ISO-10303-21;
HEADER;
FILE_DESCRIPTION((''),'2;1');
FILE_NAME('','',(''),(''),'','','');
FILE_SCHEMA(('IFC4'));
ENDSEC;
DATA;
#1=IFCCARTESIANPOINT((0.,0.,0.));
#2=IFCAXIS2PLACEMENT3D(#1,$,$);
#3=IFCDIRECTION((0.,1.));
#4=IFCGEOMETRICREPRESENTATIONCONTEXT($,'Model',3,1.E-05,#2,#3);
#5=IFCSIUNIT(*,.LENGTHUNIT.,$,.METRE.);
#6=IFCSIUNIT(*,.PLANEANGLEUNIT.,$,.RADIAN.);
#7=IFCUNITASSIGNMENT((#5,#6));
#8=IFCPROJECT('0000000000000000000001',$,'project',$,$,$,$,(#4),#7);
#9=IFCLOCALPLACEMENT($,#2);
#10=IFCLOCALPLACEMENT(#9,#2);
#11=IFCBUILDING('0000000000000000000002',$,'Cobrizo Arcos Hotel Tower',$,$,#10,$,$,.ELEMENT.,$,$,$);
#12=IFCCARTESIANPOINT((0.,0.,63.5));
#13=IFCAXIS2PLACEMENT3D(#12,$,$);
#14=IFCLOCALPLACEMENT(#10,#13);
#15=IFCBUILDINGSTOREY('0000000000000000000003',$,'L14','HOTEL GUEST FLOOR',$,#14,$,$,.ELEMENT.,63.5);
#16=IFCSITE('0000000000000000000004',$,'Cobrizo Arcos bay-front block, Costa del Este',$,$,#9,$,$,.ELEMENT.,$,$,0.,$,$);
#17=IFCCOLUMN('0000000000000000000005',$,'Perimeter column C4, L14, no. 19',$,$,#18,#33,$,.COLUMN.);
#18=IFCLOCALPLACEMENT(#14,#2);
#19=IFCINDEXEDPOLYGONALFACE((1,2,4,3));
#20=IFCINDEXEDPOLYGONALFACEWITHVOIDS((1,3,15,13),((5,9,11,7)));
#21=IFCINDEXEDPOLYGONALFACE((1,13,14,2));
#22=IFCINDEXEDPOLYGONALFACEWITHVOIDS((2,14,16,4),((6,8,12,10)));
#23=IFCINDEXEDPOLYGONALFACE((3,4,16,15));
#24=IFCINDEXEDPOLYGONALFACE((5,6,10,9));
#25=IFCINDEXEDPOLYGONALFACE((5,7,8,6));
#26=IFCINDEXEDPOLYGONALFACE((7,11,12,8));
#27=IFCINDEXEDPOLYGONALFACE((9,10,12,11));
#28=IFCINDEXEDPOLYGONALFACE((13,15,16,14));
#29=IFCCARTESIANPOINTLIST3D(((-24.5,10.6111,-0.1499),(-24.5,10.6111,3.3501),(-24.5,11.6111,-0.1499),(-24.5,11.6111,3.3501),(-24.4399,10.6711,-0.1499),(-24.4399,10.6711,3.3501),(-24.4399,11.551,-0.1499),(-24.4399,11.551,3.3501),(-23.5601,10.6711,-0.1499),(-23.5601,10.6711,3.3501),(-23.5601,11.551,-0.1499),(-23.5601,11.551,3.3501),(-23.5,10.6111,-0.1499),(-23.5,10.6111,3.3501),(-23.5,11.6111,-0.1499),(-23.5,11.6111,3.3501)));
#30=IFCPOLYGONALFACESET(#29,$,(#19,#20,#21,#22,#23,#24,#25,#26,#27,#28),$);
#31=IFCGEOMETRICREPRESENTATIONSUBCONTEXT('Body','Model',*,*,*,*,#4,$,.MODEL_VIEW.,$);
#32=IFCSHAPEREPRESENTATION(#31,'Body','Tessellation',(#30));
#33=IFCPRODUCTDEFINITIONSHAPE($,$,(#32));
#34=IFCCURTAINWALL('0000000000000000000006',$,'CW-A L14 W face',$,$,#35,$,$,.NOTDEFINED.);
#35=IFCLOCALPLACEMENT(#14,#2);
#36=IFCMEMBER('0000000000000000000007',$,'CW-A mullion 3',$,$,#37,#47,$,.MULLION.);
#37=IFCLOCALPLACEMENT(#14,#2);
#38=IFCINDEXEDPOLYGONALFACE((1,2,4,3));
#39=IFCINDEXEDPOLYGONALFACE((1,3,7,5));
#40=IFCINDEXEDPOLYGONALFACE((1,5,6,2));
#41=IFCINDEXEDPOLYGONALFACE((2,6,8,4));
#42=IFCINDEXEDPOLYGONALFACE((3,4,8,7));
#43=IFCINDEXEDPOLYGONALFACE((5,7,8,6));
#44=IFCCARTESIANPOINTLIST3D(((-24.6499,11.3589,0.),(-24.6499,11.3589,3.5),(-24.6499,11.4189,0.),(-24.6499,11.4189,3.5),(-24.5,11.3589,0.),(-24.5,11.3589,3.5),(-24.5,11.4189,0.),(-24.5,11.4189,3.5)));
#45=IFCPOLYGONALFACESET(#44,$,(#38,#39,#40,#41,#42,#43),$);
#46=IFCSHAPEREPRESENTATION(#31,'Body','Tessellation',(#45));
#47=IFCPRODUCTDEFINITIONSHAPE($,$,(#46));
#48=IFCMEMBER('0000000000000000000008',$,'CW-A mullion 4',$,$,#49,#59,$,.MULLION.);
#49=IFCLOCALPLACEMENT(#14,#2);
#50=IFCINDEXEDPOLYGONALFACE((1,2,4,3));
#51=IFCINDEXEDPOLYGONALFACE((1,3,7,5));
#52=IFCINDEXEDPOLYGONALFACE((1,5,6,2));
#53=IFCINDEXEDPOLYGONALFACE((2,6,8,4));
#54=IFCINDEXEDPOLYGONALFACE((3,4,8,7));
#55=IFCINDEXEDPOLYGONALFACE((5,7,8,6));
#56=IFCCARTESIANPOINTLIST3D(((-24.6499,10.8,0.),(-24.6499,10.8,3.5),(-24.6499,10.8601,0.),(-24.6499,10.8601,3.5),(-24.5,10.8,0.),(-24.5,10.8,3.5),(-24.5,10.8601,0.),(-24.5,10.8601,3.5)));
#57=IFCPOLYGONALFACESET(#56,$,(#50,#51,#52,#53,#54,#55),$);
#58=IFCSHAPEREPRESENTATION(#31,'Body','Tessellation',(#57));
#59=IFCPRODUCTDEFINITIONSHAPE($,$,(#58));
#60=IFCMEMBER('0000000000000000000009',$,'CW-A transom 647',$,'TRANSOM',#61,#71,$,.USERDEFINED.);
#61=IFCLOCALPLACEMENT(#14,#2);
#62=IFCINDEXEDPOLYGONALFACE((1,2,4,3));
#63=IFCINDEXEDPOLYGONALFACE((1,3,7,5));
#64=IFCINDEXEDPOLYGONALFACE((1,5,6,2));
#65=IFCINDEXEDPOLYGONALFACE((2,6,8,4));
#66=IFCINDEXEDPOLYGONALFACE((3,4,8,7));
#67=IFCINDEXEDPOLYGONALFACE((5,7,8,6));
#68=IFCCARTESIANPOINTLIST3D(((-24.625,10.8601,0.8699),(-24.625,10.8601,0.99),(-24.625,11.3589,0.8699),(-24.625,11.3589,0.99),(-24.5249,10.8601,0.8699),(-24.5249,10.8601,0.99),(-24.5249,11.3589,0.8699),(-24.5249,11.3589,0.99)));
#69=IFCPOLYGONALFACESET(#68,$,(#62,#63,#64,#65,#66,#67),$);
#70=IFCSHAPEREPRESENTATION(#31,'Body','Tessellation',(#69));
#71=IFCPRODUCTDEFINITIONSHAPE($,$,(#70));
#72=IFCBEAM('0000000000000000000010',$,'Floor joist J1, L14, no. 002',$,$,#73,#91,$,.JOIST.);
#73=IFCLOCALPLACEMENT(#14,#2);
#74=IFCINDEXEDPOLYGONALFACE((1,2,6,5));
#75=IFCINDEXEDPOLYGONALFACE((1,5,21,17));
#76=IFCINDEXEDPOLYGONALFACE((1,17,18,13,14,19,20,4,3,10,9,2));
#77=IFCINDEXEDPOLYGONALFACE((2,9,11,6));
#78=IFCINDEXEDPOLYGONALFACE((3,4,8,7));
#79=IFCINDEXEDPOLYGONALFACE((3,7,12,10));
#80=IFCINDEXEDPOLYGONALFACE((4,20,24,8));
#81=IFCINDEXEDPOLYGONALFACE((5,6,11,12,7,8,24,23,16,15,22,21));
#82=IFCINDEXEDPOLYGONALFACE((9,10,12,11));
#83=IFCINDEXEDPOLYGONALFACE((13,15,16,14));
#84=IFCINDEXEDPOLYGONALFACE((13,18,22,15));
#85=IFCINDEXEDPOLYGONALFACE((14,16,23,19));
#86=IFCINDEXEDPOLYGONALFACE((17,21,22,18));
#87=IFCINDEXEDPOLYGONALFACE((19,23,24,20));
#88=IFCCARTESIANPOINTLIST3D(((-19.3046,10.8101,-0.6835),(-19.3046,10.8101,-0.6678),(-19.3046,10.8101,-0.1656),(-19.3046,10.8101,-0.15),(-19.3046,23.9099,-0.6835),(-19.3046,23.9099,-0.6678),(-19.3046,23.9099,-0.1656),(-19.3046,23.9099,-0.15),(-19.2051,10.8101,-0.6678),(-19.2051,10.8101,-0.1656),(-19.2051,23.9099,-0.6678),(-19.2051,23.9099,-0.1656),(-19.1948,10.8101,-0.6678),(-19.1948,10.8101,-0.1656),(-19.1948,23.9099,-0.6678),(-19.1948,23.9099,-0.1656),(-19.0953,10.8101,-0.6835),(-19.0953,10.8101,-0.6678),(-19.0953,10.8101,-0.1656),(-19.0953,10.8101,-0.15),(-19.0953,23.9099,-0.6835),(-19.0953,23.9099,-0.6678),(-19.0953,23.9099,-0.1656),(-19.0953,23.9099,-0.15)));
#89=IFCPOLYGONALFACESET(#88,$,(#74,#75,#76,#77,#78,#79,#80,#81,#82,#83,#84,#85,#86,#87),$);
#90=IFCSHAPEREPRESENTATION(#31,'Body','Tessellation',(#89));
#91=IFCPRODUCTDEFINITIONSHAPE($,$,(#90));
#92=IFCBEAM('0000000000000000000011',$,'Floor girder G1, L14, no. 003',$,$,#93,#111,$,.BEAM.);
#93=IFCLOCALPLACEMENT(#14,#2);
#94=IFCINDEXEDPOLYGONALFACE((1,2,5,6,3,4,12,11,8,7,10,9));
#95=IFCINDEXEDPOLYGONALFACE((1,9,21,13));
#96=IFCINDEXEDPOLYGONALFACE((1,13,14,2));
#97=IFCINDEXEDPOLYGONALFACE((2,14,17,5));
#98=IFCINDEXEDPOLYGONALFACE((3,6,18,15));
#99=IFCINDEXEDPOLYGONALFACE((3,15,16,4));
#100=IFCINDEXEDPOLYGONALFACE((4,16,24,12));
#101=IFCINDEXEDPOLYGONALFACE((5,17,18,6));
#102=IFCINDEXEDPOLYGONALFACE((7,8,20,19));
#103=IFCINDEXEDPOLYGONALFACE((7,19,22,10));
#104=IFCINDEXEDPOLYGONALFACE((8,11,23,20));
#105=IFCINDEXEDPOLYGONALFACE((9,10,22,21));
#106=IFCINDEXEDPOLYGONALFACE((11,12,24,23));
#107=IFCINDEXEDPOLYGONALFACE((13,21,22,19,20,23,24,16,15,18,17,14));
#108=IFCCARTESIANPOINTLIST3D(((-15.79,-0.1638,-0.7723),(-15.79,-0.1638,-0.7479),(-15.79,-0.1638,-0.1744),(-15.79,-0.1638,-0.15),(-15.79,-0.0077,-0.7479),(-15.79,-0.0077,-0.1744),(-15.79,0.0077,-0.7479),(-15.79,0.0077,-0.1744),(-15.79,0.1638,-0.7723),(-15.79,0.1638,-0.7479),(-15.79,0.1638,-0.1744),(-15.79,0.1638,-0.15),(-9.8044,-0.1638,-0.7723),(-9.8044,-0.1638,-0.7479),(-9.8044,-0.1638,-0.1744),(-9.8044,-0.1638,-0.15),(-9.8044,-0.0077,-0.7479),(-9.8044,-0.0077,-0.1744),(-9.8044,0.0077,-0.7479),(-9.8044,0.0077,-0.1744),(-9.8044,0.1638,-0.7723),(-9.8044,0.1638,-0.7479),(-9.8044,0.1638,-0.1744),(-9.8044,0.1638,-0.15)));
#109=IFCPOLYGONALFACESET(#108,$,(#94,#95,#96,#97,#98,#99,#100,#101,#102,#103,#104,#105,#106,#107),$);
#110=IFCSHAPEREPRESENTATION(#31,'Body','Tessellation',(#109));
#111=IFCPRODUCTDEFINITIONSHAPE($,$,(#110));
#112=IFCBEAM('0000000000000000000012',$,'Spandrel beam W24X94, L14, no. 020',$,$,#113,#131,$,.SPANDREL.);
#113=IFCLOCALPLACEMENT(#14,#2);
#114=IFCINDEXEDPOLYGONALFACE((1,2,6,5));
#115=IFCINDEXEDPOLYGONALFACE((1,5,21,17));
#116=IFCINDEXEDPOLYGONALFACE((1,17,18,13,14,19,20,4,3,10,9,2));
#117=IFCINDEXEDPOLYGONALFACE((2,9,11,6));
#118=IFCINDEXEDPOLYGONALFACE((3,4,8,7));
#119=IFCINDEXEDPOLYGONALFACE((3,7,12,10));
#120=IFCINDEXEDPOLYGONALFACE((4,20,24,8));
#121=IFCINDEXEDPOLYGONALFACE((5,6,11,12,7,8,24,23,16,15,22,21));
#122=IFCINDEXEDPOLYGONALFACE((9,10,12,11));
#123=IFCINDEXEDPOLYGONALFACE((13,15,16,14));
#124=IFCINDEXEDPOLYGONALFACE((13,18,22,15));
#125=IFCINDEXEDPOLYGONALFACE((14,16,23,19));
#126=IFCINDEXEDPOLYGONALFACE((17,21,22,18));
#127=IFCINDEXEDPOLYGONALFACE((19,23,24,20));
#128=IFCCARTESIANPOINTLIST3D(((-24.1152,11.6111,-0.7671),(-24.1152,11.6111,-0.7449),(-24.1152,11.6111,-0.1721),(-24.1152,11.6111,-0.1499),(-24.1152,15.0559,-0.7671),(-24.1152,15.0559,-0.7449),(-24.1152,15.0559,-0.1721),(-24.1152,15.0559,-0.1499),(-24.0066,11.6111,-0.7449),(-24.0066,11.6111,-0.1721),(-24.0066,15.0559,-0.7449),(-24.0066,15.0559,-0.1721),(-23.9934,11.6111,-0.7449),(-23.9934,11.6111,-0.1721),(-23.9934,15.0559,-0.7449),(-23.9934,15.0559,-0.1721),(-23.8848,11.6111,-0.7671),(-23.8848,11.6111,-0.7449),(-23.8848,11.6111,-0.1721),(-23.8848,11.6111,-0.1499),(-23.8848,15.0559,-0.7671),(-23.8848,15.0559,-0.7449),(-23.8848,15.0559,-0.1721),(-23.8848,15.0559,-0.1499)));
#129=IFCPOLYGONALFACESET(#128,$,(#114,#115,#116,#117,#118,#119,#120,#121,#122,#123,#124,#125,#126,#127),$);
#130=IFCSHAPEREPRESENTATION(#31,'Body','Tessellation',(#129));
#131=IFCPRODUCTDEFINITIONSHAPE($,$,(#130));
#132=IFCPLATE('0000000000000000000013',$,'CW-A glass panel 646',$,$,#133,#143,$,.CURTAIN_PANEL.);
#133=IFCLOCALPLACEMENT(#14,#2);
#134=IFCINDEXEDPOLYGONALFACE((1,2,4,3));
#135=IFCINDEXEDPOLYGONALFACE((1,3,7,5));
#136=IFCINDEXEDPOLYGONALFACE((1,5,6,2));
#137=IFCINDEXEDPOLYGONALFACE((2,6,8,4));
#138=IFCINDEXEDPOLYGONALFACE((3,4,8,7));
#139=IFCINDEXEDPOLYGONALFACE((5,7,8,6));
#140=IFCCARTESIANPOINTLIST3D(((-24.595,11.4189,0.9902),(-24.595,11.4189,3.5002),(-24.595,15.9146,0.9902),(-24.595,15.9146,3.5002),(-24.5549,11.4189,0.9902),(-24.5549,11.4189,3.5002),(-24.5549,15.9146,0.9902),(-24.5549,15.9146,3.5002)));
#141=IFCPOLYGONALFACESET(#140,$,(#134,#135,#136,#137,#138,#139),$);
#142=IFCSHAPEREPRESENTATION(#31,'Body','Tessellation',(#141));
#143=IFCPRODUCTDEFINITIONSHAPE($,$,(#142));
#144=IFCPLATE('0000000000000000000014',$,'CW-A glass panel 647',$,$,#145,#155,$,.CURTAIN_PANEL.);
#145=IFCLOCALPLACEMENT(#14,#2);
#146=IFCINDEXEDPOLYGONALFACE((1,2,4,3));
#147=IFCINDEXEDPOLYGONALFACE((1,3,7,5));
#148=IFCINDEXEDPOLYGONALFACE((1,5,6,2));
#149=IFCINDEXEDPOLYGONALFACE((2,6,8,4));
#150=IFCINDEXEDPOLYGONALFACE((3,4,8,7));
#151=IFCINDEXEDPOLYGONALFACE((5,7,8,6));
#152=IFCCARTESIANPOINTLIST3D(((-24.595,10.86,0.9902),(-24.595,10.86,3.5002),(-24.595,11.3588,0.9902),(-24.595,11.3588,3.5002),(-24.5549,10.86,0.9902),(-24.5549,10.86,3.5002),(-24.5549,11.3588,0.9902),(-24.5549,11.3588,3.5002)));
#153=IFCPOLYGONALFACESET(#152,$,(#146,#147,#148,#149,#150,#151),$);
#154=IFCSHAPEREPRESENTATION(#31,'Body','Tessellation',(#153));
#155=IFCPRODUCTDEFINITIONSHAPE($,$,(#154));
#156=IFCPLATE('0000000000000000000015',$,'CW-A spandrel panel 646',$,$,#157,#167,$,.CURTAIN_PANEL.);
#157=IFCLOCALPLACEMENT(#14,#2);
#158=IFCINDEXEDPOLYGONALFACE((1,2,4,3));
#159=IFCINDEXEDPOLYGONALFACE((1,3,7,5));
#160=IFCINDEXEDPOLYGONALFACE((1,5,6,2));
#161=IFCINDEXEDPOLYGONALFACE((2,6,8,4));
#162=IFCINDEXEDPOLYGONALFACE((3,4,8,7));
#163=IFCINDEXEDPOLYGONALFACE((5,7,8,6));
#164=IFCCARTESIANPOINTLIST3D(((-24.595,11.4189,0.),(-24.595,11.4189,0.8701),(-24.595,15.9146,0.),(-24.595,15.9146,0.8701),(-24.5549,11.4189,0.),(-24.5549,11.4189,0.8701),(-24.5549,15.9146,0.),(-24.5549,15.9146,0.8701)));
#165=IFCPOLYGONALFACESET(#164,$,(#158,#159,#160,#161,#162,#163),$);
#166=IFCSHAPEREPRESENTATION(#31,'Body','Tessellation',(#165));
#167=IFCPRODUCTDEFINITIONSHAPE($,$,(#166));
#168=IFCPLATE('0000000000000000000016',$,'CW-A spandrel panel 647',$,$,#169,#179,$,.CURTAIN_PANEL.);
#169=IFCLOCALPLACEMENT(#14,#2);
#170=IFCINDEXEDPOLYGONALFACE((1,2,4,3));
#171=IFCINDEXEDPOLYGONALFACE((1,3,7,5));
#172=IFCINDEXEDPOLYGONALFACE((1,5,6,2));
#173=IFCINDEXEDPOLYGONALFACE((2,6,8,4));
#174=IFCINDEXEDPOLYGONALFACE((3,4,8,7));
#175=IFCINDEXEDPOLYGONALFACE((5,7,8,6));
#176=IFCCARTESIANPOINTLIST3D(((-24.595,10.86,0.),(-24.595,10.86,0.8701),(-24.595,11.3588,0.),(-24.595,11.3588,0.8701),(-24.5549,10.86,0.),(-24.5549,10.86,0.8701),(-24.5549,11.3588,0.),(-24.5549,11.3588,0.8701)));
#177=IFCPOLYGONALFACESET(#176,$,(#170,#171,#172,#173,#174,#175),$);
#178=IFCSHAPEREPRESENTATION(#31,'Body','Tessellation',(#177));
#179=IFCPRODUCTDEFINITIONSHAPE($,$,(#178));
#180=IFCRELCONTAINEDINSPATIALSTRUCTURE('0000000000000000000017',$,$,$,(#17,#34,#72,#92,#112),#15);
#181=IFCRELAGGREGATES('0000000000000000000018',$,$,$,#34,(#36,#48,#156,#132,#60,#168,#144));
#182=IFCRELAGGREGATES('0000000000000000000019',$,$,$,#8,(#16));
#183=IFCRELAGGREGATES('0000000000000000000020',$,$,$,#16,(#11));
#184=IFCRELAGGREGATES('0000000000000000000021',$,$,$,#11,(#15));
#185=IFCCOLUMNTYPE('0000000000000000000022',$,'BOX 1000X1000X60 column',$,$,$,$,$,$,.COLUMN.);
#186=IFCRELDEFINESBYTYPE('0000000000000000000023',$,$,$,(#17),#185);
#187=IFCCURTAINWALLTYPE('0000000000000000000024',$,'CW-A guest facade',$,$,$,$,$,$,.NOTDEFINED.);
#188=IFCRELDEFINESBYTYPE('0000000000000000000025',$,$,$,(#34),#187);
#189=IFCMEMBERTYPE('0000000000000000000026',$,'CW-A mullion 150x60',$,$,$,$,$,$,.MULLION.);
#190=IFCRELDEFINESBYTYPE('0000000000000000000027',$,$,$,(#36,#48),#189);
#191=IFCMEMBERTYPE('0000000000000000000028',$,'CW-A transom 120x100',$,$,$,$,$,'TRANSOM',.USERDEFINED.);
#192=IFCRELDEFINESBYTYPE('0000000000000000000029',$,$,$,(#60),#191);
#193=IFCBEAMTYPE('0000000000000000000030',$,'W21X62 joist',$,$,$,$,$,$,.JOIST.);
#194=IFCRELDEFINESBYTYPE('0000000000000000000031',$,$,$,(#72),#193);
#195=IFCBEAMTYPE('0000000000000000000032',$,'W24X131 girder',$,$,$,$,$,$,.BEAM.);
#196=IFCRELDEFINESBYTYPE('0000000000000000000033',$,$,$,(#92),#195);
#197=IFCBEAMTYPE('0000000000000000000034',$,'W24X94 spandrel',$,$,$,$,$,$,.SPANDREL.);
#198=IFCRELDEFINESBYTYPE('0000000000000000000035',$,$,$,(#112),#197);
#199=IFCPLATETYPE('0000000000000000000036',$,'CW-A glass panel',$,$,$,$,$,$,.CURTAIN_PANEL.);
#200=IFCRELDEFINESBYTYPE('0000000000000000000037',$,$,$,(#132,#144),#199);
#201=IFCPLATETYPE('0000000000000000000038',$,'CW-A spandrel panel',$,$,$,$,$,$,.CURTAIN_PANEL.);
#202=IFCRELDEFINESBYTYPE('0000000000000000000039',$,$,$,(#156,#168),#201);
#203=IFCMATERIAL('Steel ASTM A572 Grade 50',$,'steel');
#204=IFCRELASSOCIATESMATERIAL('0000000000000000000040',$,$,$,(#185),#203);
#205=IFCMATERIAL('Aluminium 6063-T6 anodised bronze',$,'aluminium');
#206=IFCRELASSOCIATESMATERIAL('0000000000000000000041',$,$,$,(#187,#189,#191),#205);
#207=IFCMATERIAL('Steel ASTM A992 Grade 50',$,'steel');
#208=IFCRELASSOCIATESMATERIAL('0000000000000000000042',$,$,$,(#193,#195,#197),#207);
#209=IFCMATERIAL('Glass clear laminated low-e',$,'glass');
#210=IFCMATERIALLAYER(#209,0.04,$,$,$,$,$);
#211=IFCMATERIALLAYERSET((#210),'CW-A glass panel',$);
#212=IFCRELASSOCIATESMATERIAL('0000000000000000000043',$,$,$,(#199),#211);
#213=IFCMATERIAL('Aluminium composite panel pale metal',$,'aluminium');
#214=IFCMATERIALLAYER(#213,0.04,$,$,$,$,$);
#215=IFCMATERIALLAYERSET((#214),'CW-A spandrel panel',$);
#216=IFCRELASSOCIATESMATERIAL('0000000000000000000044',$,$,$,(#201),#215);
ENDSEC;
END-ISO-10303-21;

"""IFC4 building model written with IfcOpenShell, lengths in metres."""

from ifc_helpers import new_model, si_unit, direction, frame, origin, origin_2d, place, context, subcontext, project, spatial, rectangle, hollow_rectangle, i_section, extrude, material, layer, layer_set, material_profile, profile_set, type_object, element, aggregate, save


model = new_model("IFC4")

# Units and contexts
model_context = context("Model", 3, precision=1e-05, world=origin(), true_north=direction((0.0, 1.0)))
body_context = subcontext(model_context, "Body", "Model", "MODEL_VIEW")
ifc_project = project(units=[si_unit("LENGTHUNIT", "METRE"), si_unit("PLANEANGLEUNIT", "RADIAN")], contexts=[model_context])

# Site, building, storey
site_placement = place(None, origin())
site = spatial("IfcSite", under=ifc_project, at=site_placement, Name="Cobrizo Arcos bay-front block, Costa del Este", CompositionType="ELEMENT", RefElevation=0.0)
building_placement = place(site_placement, origin())
building = spatial("IfcBuilding", under=site, at=building_placement, Name="Cobrizo Arcos Hotel Tower", CompositionType="ELEMENT")
storey_placement = place(building_placement, frame((0.0, 0.0, 63.5)))
storey = spatial("IfcBuildingStorey", under=building, at=storey_placement, Name="L14", Description="HOTEL GUEST FLOOR", CompositionType="ELEMENT", Elevation=63.5)

# Column
ifc_material_1 = material(Name="Steel ASTM A572 Grade 50", Category="steel")
ifc_material_profile_1 = material_profile(ifc_material_1, hollow_rectangle(XDim=1.0, YDim=1.0, WallThickness=0.0601, at=origin_2d()), Name="BOX 1000X1000X60")
ifc_profile_set_1 = profile_set([ifc_material_profile_1], Name="Steel ASTM A572 Grade 50")
column_type = type_object("IfcColumnType", Name="BOX 1000X1000X60 column", PredefinedType="COLUMN", material=ifc_profile_set_1)
column_placement = place(storey_placement, frame((-24.0, 11.1111, -0.1499), z_axis=(0.0, 0.0, 1.0), x_axis=(1.0, 0.0, 0.0)))
element("IfcColumn", 1, at=column_placement, inside=storey, type_object=column_type, Name="Perimeter column C4, L14, no. 19", PredefinedType="COLUMN", context=body_context, shape_type="SweptSolid", body=[
    extrude(hollow_rectangle(XDim=1.0, YDim=1.0, WallThickness=0.0601, at=origin_2d()), origin(), (0.0, 0.0, 1.0), 3.5),
])

# Curtain wall, members
ifc_material_2 = material(Name="Aluminium 6063-T6 anodised bronze", Category="aluminium")
curtain_wall_type = type_object("IfcCurtainWallType", Name="CW-A guest facade", PredefinedType="NOTDEFINED", material=ifc_material_2)
curtain_wall_placement = place(storey_placement, origin())
curtain_wall = element("IfcCurtainWall", 2, at=curtain_wall_placement, inside=storey, type_object=curtain_wall_type, Name="CW-A L14 W face", PredefinedType="NOTDEFINED")
ifc_material_profile_2 = material_profile(ifc_material_2, rectangle(XDim=0.1499, YDim=0.0601, at=origin_2d()), Name="CW-A mullion 150x60")
ifc_profile_set_2 = profile_set([ifc_material_profile_2], Name="Aluminium 6063-T6 anodised bronze")
member_type_1 = type_object("IfcMemberType", Name="CW-A mullion 150x60", PredefinedType="MULLION", material=ifc_profile_set_2)
member_1_placement = place(storey_placement, frame((-24.575, 11.3889, 0.0), z_axis=(0.0, 0.0, 1.0), x_axis=(-1.0, 0.0, 0.0)))
member_1 = element("IfcMember", 3, at=member_1_placement, type_object=member_type_1, Name="CW-A mullion 3", PredefinedType="MULLION", context=body_context, shape_type="SweptSolid", body=[
    extrude(rectangle(XDim=0.1499, YDim=0.0601, at=origin_2d()), origin(), (0.0, 0.0, 1.0), 3.5),
])
member_2_placement = place(storey_placement, frame((-24.575, 10.8301, 0.0), z_axis=(0.0, 0.0, 1.0), x_axis=(-1.0, 0.0, 0.0)))
member_2 = element("IfcMember", 4, at=member_2_placement, type_object=member_type_1, Name="CW-A mullion 4", PredefinedType="MULLION", context=body_context, shape_type="SweptSolid", body=[
    extrude(rectangle(XDim=0.1499, YDim=0.0601, at=origin_2d()), origin(), (0.0, 0.0, 1.0), 3.5),
])
ifc_material_profile_3 = material_profile(ifc_material_2, rectangle(XDim=0.1001, YDim=0.1201, at=origin_2d()), Name="CW-A transom 120x100")
ifc_profile_set_3 = profile_set([ifc_material_profile_3], Name="Aluminium 6063-T6 anodised bronze")
member_type_2 = type_object("IfcMemberType", Name="CW-A transom 120x100", ElementType="TRANSOM", PredefinedType="USERDEFINED", material=ifc_profile_set_3)
member_3_placement = place(storey_placement, frame((-24.575, 11.3589, 0.9299), z_axis=(0.0, -1.0, 0.0), x_axis=(1.0, 0.0, 0.0)))
member_3 = element("IfcMember", 5, at=member_3_placement, type_object=member_type_2, Name="CW-A transom 647", ObjectType="TRANSOM", PredefinedType="USERDEFINED", context=body_context, shape_type="SweptSolid", body=[
    extrude(rectangle(XDim=0.1001, YDim=0.1201, at=origin_2d()), origin(), (0.0, 0.0, 1.0), 0.4988),
])

# Beams
ifc_material_3 = material(Name="Steel ASTM A992 Grade 50", Category="steel")
ifc_material_profile_4 = material_profile(ifc_material_3, i_section(OverallWidth=0.2092, OverallDepth=0.5334, WebThickness=0.0103, FlangeThickness=0.0156, at=origin_2d()), Name="W21X62")
ifc_profile_set_4 = profile_set([ifc_material_profile_4], Name="Steel ASTM A992 Grade 50")
beam_type_1 = type_object("IfcBeamType", Name="W21X62 joist", PredefinedType="JOIST", material=ifc_profile_set_4)
beam_1_placement = place(storey_placement, frame((-19.2, 10.8101, -0.4167), z_axis=(0.0, 1.0, 0.0), x_axis=(-1.0, 0.0, 0.0)))
element("IfcBeam", 6, at=beam_1_placement, inside=storey, type_object=beam_type_1, Name="Floor joist J1, L14, no. 002", PredefinedType="JOIST", context=body_context, shape_type="SweptSolid", body=[
    extrude(i_section(OverallWidth=0.2092, OverallDepth=0.5334, WebThickness=0.0103, FlangeThickness=0.0156, at=origin_2d()), origin(), (0.0, 0.0, 1.0), 13.0999),
])
ifc_material_profile_5 = material_profile(ifc_material_3, i_section(OverallWidth=0.3276, OverallDepth=0.6223, WebThickness=0.0154, FlangeThickness=0.0244, at=origin_2d()), Name="W24X131")
ifc_profile_set_5 = profile_set([ifc_material_profile_5], Name="Steel ASTM A992 Grade 50")
beam_type_2 = type_object("IfcBeamType", Name="W24X131 girder", PredefinedType="BEAM", material=ifc_profile_set_5)
beam_2_placement = place(storey_placement, frame((-15.79, 0.0, -0.4612), z_axis=(1.0, 0.0, 0.0), x_axis=(0.0, 1.0, 0.0)))
element("IfcBeam", 7, at=beam_2_placement, inside=storey, type_object=beam_type_2, Name="Floor girder G1, L14, no. 003", PredefinedType="BEAM", context=body_context, shape_type="SweptSolid", body=[
    extrude(i_section(OverallWidth=0.3276, OverallDepth=0.6223, WebThickness=0.0154, FlangeThickness=0.0244, at=origin_2d()), origin(), (0.0, 0.0, 1.0), 5.9856),
])
ifc_material_profile_6 = material_profile(ifc_material_3, i_section(OverallWidth=0.2305, OverallDepth=0.6172, WebThickness=0.0132, FlangeThickness=0.0222, at=origin_2d()), Name="W24X94")
ifc_profile_set_6 = profile_set([ifc_material_profile_6], Name="Steel ASTM A992 Grade 50")
beam_type_3 = type_object("IfcBeamType", Name="W24X94 spandrel", PredefinedType="SPANDREL", material=ifc_profile_set_6)
beam_3_placement = place(storey_placement, frame((-24.0, 11.6111, -0.4585), z_axis=(0.0, 1.0, 0.0), x_axis=(-1.0, 0.0, 0.0)))
element("IfcBeam", 8, at=beam_3_placement, inside=storey, type_object=beam_type_3, Name="Spandrel beam W24X94, L14, no. 020", PredefinedType="SPANDREL", context=body_context, shape_type="SweptSolid", body=[
    extrude(i_section(OverallWidth=0.2305, OverallDepth=0.6172, WebThickness=0.0132, FlangeThickness=0.0222, at=origin_2d()), origin(), (0.0, 0.0, 1.0), 3.4448),
])

# Plates
ifc_material_4 = material(Name="Glass clear laminated low-e", Category="glass")
ifc_layer_1 = layer(ifc_material_4, 0.04)
ifc_layer_set_1 = layer_set([ifc_layer_1], Name="CW-A glass panel")
plate_type_1 = type_object("IfcPlateType", Name="CW-A glass panel", PredefinedType="CURTAIN_PANEL", material=ifc_layer_set_1)
plate_1_placement = place(storey_placement, frame((-24.575, 13.6667, 0.9902), z_axis=(0.0, 0.0, 1.0), x_axis=(0.0, -1.0, 0.0)))
plate_1 = element("IfcPlate", 9, at=plate_1_placement, type_object=plate_type_1, Name="CW-A glass panel 646", PredefinedType="CURTAIN_PANEL", context=body_context, shape_type="SweptSolid", body=[
    extrude(rectangle(XDim=4.4956, YDim=0.04, at=origin_2d()), origin(), (0.0, 0.0, 1.0), 2.51),
])
plate_2_placement = place(storey_placement, frame((-24.575, 11.1094, 0.9902), z_axis=(0.0, 0.0, 1.0), x_axis=(0.0, -1.0, 0.0)))
plate_2 = element("IfcPlate", 10, at=plate_2_placement, type_object=plate_type_1, Name="CW-A glass panel 647", PredefinedType="CURTAIN_PANEL", context=body_context, shape_type="SweptSolid", body=[
    extrude(rectangle(XDim=0.4988, YDim=0.04, at=origin_2d()), origin(), (0.0, 0.0, 1.0), 2.51),
])
ifc_material_5 = material(Name="Aluminium composite panel pale metal", Category="aluminium")
ifc_layer_2 = layer(ifc_material_5, 0.04)
ifc_layer_set_2 = layer_set([ifc_layer_2], Name="CW-A spandrel panel")
plate_type_2 = type_object("IfcPlateType", Name="CW-A spandrel panel", PredefinedType="CURTAIN_PANEL", material=ifc_layer_set_2)
plate_3_placement = place(storey_placement, frame((-24.575, 13.6667, 0.0), z_axis=(0.0, 0.0, 1.0), x_axis=(0.0, -1.0, 0.0)))
plate_3 = element("IfcPlate", 11, at=plate_3_placement, type_object=plate_type_2, Name="CW-A spandrel panel 646", PredefinedType="CURTAIN_PANEL", context=body_context, shape_type="SweptSolid", body=[
    extrude(rectangle(XDim=4.4956, YDim=0.04, at=origin_2d()), origin(), (0.0, 0.0, 1.0), 0.8701),
])
plate_4_placement = place(storey_placement, frame((-24.575, 11.1094, 0.0), z_axis=(0.0, 0.0, 1.0), x_axis=(0.0, -1.0, 0.0)))
plate_4 = element("IfcPlate", 12, at=plate_4_placement, type_object=plate_type_2, Name="CW-A spandrel panel 647", PredefinedType="CURTAIN_PANEL", context=body_context, shape_type="SweptSolid", body=[
    extrude(rectangle(XDim=0.4988, YDim=0.04, at=origin_2d()), origin(), (0.0, 0.0, 1.0), 0.8701),
])
aggregate(curtain_wall, [member_1, member_2, plate_3, plate_1, member_3, plate_4, plate_2])

save(model, "model.ifc")
